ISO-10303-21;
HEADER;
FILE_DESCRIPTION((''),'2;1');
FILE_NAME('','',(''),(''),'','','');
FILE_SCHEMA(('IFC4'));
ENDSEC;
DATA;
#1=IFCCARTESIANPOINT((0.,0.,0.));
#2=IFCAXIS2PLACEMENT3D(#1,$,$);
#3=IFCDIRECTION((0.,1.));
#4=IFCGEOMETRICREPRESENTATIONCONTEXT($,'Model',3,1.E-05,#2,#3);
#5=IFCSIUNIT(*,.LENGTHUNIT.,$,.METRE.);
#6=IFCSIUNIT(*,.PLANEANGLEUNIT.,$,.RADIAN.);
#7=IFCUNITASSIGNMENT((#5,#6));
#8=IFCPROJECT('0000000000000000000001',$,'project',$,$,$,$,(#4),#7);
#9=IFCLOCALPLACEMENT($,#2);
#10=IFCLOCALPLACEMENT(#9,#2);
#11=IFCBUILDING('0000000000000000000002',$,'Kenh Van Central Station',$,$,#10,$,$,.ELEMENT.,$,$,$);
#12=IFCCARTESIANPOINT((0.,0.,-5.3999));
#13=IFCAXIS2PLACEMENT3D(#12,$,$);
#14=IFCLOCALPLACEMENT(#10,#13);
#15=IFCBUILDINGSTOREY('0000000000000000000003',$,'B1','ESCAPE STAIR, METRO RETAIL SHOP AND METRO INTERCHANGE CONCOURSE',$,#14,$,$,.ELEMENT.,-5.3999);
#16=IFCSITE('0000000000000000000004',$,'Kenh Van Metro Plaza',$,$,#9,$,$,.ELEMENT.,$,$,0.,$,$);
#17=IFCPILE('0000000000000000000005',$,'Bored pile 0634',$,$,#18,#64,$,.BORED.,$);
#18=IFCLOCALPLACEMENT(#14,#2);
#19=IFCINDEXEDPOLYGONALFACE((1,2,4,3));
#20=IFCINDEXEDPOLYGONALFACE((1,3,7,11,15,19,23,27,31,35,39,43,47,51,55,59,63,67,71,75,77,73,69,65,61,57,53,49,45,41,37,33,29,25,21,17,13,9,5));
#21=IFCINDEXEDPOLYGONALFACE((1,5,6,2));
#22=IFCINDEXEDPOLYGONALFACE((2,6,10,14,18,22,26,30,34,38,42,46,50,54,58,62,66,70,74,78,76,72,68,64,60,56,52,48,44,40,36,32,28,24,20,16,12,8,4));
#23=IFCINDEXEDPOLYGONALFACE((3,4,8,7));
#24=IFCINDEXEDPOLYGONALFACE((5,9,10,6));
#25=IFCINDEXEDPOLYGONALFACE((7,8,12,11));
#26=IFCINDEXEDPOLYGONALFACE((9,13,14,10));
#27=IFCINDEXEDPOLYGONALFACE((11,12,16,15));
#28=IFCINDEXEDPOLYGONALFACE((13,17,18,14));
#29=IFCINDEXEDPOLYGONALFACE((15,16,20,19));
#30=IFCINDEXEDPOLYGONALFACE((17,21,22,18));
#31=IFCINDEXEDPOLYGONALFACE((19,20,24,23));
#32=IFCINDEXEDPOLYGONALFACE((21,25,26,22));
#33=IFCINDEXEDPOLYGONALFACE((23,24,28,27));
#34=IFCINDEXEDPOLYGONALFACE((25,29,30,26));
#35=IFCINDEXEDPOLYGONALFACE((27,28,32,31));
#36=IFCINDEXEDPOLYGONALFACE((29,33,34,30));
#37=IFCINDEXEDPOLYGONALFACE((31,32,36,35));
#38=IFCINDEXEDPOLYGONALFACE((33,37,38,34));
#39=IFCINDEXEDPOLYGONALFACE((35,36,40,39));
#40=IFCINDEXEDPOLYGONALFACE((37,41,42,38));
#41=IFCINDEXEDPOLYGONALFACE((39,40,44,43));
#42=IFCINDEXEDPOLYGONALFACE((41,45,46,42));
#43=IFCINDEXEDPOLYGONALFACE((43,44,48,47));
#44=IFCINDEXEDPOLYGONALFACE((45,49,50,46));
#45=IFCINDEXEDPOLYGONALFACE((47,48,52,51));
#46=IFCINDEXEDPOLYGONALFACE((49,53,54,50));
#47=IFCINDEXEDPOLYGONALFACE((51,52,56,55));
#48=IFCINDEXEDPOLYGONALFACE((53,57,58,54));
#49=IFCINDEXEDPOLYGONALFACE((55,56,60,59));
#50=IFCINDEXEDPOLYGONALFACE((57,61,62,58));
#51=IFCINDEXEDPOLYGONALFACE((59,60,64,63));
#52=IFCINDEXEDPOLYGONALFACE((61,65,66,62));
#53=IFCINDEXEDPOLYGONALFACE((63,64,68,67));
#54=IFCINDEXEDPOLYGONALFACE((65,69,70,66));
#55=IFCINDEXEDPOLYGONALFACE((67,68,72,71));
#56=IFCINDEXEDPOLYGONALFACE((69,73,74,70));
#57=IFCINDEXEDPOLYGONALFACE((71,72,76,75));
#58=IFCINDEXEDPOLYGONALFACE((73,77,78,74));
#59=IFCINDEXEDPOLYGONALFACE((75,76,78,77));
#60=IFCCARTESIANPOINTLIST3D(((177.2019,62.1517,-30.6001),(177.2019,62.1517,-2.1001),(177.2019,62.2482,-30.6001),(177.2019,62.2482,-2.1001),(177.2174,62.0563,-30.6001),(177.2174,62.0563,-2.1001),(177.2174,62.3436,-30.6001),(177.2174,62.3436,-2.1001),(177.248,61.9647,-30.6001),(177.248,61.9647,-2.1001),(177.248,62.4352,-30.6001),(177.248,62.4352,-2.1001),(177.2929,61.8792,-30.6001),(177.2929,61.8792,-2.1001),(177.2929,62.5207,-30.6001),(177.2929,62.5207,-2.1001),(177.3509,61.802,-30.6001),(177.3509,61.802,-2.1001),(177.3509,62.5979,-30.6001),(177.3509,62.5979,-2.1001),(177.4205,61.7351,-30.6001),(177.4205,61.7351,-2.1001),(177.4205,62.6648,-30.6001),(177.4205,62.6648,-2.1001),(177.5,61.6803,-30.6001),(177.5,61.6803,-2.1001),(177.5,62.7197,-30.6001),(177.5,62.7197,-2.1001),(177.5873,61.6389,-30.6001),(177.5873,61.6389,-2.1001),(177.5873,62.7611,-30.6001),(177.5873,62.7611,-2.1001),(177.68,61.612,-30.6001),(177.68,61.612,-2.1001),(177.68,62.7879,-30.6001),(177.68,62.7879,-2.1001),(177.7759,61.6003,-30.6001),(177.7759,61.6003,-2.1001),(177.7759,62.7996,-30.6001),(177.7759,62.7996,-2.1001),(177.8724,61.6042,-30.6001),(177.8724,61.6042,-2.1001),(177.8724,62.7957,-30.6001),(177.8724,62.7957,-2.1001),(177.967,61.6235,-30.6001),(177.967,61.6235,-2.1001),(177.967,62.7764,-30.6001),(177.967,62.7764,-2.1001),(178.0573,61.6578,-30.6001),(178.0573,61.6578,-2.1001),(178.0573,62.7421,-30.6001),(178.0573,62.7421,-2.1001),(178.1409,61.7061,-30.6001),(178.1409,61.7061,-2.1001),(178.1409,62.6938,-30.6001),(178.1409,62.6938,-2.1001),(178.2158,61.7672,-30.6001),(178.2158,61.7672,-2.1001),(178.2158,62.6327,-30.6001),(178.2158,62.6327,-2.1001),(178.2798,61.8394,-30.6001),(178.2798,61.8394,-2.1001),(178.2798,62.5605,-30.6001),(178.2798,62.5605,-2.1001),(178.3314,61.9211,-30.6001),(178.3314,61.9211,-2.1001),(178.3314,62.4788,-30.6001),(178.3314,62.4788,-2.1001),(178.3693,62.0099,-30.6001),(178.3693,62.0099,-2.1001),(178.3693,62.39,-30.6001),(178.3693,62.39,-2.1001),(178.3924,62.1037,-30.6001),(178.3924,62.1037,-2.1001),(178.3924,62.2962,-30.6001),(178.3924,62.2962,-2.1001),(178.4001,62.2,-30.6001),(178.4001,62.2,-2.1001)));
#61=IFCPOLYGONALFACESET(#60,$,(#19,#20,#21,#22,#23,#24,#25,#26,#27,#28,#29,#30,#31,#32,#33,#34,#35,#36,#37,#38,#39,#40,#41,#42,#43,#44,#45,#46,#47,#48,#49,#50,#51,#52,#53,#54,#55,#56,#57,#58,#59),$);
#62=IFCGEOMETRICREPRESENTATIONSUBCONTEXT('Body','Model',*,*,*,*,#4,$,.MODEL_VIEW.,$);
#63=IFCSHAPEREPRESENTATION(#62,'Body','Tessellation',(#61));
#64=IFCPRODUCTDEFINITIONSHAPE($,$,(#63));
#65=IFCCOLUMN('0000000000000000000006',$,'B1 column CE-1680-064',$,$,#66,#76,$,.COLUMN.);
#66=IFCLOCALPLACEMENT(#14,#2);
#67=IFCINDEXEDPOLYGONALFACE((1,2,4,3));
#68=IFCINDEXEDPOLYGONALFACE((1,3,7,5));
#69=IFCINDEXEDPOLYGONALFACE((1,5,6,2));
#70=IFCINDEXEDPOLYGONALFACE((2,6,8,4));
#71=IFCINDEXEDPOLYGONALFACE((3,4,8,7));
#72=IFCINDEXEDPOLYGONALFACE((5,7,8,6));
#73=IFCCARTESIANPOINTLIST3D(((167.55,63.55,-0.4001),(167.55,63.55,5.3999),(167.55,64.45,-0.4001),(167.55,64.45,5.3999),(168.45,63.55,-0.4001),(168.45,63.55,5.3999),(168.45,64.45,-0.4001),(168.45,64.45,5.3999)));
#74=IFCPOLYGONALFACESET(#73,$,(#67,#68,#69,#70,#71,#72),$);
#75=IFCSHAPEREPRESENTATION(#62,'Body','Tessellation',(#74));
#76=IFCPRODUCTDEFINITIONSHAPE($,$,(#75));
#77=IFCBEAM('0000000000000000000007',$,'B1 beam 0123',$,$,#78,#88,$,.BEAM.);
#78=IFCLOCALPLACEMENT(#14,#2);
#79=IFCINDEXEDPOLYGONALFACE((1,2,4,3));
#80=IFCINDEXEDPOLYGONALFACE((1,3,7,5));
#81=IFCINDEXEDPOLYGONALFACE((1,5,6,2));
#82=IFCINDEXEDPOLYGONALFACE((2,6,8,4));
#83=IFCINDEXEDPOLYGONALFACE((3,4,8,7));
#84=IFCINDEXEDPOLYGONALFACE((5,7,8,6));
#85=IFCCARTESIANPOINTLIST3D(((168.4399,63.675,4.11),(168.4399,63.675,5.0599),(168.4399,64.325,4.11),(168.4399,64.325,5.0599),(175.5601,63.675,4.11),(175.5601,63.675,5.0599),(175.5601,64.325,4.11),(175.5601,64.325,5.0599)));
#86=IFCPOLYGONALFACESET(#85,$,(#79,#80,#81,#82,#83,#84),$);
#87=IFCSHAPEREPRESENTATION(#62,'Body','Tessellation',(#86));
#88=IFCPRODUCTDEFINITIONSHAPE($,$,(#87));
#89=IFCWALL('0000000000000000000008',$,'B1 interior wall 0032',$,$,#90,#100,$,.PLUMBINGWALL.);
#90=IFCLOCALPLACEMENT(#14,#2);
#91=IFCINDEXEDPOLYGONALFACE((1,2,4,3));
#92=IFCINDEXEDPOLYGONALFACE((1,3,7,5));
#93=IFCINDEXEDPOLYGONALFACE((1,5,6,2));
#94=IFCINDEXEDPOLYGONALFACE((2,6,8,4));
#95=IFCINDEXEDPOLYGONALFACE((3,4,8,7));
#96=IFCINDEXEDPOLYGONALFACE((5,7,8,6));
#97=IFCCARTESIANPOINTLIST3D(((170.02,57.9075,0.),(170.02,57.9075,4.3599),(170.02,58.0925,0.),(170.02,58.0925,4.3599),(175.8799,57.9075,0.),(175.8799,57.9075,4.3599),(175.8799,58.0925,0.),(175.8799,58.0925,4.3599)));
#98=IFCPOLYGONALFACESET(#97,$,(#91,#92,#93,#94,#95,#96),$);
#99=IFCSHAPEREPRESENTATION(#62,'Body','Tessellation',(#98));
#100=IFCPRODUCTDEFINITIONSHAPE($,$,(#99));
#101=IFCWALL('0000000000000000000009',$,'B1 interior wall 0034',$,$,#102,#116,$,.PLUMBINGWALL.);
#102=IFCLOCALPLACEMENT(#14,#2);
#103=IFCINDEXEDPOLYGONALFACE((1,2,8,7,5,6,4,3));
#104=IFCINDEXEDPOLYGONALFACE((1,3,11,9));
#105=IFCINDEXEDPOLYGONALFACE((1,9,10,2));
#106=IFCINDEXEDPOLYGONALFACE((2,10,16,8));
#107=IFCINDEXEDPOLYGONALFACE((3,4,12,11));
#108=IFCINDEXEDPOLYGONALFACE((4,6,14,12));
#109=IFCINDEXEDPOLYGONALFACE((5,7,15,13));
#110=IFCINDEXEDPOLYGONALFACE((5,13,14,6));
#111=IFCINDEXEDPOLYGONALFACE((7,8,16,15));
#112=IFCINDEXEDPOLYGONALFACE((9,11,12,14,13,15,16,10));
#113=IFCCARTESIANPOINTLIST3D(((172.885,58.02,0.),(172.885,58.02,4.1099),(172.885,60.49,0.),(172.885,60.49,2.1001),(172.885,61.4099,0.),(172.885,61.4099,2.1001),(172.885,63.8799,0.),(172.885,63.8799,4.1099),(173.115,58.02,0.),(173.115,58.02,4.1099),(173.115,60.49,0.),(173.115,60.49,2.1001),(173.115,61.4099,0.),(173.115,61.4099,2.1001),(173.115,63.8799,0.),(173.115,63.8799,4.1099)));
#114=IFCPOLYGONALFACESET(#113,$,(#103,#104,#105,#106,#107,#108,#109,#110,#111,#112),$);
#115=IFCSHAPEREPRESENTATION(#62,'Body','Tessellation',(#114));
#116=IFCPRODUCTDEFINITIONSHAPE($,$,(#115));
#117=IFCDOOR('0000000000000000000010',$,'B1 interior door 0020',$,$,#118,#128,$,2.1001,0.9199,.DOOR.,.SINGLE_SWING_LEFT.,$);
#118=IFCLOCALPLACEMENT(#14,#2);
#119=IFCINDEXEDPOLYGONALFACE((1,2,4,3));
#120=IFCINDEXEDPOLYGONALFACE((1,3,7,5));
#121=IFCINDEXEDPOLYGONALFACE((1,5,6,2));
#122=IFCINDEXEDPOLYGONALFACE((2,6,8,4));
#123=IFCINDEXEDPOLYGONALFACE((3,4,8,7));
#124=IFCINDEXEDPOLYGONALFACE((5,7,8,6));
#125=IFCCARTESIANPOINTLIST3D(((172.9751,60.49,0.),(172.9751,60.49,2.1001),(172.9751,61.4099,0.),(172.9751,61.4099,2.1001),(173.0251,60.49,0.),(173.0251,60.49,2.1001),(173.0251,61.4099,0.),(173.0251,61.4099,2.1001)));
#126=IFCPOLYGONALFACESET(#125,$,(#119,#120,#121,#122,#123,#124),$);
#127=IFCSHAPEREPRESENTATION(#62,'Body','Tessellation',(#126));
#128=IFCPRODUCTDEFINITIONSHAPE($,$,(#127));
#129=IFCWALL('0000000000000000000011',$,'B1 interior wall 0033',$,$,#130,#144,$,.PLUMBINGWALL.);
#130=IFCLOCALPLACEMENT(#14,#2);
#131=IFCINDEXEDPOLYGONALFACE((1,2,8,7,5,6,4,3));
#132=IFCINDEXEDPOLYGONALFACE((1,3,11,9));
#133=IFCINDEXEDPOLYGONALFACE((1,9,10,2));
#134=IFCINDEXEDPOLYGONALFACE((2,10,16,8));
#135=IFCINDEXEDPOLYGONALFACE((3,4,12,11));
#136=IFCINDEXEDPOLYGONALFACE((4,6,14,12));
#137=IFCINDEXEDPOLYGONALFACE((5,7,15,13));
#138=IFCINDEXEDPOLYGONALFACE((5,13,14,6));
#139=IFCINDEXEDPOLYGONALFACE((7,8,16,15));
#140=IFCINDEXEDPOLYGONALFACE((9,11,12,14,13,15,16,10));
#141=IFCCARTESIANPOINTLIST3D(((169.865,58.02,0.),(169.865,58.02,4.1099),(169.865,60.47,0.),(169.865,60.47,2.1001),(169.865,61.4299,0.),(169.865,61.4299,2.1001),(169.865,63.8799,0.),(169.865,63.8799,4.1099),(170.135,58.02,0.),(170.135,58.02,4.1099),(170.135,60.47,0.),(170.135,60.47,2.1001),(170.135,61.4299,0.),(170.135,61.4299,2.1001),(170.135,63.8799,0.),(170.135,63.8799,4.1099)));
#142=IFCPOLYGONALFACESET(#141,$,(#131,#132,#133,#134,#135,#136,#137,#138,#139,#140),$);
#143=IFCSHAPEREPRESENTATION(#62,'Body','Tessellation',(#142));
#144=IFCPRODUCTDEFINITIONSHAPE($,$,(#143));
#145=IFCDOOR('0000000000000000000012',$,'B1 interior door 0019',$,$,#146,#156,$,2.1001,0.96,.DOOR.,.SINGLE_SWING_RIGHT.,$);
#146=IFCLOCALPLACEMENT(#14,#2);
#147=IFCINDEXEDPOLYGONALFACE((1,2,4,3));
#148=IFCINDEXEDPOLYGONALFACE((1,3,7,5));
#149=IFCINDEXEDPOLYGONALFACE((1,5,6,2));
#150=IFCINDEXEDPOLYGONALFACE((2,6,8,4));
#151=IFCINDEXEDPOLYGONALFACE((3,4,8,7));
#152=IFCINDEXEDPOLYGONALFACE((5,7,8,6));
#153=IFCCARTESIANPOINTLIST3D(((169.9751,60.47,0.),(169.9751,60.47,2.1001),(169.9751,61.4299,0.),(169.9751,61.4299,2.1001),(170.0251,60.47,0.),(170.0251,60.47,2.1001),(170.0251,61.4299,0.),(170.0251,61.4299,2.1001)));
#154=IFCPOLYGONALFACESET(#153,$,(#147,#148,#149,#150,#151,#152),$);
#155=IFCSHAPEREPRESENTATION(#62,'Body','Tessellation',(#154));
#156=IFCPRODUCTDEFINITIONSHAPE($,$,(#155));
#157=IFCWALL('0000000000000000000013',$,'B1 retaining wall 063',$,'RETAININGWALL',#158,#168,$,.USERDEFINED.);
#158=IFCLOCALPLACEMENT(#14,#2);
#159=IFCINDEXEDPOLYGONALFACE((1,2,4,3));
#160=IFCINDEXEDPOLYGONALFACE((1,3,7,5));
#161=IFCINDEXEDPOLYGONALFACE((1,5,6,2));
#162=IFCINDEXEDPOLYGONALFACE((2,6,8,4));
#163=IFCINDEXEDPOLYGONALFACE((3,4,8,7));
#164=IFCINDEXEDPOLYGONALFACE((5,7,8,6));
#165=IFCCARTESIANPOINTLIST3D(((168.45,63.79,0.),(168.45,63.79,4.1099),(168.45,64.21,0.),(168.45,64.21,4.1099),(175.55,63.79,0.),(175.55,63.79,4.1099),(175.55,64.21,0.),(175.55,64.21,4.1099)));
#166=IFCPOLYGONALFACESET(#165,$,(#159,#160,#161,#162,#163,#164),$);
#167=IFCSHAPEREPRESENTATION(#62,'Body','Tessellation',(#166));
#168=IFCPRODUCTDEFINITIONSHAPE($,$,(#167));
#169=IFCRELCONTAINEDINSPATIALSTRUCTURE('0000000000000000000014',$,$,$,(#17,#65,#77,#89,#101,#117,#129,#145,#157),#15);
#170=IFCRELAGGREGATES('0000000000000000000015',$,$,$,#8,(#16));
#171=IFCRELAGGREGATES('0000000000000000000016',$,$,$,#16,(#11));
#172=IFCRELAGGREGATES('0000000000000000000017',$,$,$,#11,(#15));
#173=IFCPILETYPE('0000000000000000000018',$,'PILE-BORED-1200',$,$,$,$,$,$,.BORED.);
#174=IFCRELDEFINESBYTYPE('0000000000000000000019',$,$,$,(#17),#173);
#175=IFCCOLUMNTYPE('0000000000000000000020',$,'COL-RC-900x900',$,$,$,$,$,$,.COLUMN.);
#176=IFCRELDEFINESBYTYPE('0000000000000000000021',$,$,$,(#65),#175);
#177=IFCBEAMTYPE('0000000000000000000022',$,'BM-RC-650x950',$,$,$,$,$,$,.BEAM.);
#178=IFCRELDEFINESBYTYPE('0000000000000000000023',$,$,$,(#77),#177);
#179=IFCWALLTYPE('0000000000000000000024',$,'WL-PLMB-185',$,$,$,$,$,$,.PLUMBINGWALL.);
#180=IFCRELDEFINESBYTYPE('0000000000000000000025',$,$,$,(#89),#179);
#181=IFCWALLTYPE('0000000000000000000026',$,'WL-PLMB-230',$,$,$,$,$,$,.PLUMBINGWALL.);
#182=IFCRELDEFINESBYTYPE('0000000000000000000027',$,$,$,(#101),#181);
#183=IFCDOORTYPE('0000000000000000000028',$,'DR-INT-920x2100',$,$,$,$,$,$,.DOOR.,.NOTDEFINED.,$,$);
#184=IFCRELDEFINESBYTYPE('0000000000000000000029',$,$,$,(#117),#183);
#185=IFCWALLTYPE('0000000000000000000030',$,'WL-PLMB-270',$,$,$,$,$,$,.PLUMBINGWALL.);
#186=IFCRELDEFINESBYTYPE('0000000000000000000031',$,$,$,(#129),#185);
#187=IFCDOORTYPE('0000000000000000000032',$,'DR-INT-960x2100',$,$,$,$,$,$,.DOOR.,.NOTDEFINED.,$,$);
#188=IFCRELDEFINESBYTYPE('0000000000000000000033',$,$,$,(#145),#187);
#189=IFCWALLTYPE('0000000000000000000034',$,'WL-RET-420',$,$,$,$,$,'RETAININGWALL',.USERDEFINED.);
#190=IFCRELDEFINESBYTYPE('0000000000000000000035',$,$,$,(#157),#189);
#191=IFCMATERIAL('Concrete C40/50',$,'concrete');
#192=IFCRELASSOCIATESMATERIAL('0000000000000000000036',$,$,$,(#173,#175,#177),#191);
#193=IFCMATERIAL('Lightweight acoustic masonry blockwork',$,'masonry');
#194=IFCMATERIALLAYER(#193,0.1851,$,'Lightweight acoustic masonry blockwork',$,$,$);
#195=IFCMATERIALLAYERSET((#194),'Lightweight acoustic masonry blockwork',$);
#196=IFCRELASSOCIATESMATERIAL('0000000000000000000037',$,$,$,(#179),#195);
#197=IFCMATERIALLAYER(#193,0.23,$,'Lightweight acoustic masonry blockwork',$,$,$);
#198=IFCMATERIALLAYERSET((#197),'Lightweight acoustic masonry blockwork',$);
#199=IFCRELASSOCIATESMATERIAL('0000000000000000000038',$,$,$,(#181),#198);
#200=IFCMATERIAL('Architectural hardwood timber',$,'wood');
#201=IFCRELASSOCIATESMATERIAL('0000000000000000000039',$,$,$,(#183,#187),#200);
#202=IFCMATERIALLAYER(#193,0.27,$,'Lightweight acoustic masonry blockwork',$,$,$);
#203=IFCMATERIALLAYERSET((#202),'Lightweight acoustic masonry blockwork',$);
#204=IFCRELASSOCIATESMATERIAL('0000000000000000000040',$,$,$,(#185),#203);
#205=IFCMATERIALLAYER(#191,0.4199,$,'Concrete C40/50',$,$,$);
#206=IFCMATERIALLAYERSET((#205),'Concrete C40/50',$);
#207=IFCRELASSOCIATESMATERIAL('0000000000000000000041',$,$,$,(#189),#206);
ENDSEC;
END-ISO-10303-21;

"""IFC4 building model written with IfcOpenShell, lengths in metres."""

from ifc_helpers import new_model, si_unit, direction, frame, frame_2d, origin, origin_2d, place, context, subcontext, project, spatial, rectangle, circle, extrude, material, layer, layer_set, material_profile, profile_set, type_object, element, fill, save


model = new_model("IFC4")

# Units and contexts
model_context = context("Model", 3, precision=1e-05, world=origin(), true_north=direction((0.0, 1.0)))
body_context = subcontext(model_context, "Body", "Model", "MODEL_VIEW")
ifc_project = project(units=[si_unit("LENGTHUNIT", "METRE"), si_unit("PLANEANGLEUNIT", "RADIAN")], contexts=[model_context])

# Site, building, storey
site_placement = place(None, origin())
site = spatial("IfcSite", under=ifc_project, at=site_placement, Name="Kenh Van Metro Plaza", CompositionType="ELEMENT", RefElevation=0.0)
building_placement = place(site_placement, origin())
building = spatial("IfcBuilding", under=site, at=building_placement, Name="Kenh Van Central Station", CompositionType="ELEMENT")
storey_placement = place(building_placement, frame((0.0, 0.0, -5.3999)))
storey = spatial("IfcBuildingStorey", under=building, at=storey_placement, Name="B1", Description="ESCAPE STAIR, METRO RETAIL SHOP AND METRO INTERCHANGE CONCOURSE", CompositionType="ELEMENT", Elevation=-5.3999)

# Shared definitions
ifc_material_1 = material(Name="Concrete C40/50", Category="concrete")

# Pile
ifc_material_profile_1 = material_profile(ifc_material_1, circle(Radius=0.6001, at=origin_2d()), Name="PILE D1200")
ifc_profile_set_1 = profile_set([ifc_material_profile_1], Name="Concrete C40/50")
pile_type = type_object("IfcPileType", Name="PILE-BORED-1200", PredefinedType="BORED", material=ifc_profile_set_1)
for number, where, z_axis, x_axis, name in (
    (1, (177.8, 62.2, -2.1001), (0.0, 0.0, -1.0), (1.0, 0.0, 0.0), "Bored pile 0634"),
):
    element("IfcPile", number, at=place(storey_placement, frame(where, z_axis=z_axis, x_axis=x_axis)), inside=storey, type_object=pile_type, Name=name, PredefinedType="BORED", context=body_context, shape_type="SweptSolid", body=[
        extrude(circle(Radius=0.6001, at=origin_2d()), origin(), (0.0, 0.0, 1.0), 28.5),
    ])

# Column
ifc_material_profile_2 = material_profile(ifc_material_1, rectangle(XDim=0.8999, YDim=0.8999, at=origin_2d()), Name="RC 900x900")
ifc_profile_set_2 = profile_set([ifc_material_profile_2], Name="Concrete C40/50")
column_type = type_object("IfcColumnType", Name="COL-RC-900x900", PredefinedType="COLUMN", material=ifc_profile_set_2)
column_placement = place(storey_placement, frame((168.0, 64.0, -0.4001), z_axis=(0.0, 0.0, 1.0), x_axis=(1.0, 0.0, 0.0)))
element("IfcColumn", 2, at=column_placement, inside=storey, type_object=column_type, Name="B1 column CE-1680-064", PredefinedType="COLUMN", context=body_context, shape_type="SweptSolid", body=[
    extrude(rectangle(XDim=0.8999, YDim=0.8999, at=origin_2d()), origin(), (0.0, 0.0, 1.0), 5.8),
])

# Beam
ifc_material_profile_3 = material_profile(ifc_material_1, rectangle(XDim=0.6499, YDim=0.95, at=origin_2d()), Name="RC 650x950")
ifc_profile_set_3 = profile_set([ifc_material_profile_3], Name="Concrete C40/50")
beam_type = type_object("IfcBeamType", Name="BM-RC-650x950", PredefinedType="BEAM", material=ifc_profile_set_3)
beam_placement = place(storey_placement, frame((168.4399, 64.0, 4.585), z_axis=(1.0, 0.0, 0.0), x_axis=(0.0, 1.0, 0.0)))
element("IfcBeam", 3, at=beam_placement, inside=storey, type_object=beam_type, Name="B1 beam 0123", PredefinedType="BEAM", context=body_context, shape_type="SweptSolid", body=[
    extrude(rectangle(XDim=0.6499, YDim=0.95, at=origin_2d()), origin(), (0.0, 0.0, 1.0), 7.1201),
])

# Wall
ifc_material_2 = material(Name="Lightweight acoustic masonry blockwork", Category="masonry")
ifc_layer_1 = layer(ifc_material_2, 0.1851, Name="Lightweight acoustic masonry blockwork")
ifc_layer_set_1 = layer_set([ifc_layer_1], Name="Lightweight acoustic masonry blockwork")
wall_type_1 = type_object("IfcWallType", Name="WL-PLMB-185", PredefinedType="PLUMBINGWALL", material=ifc_layer_set_1)
wall_1_placement = place(storey_placement, frame((170.02, 58.0, 0.0), z_axis=(0.0, 0.0, 1.0), x_axis=(1.0, 0.0, 0.0)))
element("IfcWall", 4, at=wall_1_placement, inside=storey, type_object=wall_type_1, Name="B1 interior wall 0032", PredefinedType="PLUMBINGWALL", context=body_context, shape_type="SweptSolid", body=[
    extrude(rectangle(XDim=5.8599, YDim=0.1851, at=frame_2d((2.9299, 0.0))), origin(), (0.0, 0.0, 1.0), 4.3599),
])

# Walls, openings, doors
ifc_layer_2 = layer(ifc_material_2, 0.23, Name="Lightweight acoustic masonry blockwork")
ifc_layer_set_2 = layer_set([ifc_layer_2], Name="Lightweight acoustic masonry blockwork")
wall_type_2 = type_object("IfcWallType", Name="WL-PLMB-230", PredefinedType="PLUMBINGWALL", material=ifc_layer_set_2)
wall_2_placement = place(storey_placement, frame((173.0, 58.02, 0.0), z_axis=(0.0, 0.0, 1.0), x_axis=(0.0, 1.0, 0.0)))
wall_2 = element("IfcWall", 5, at=wall_2_placement, inside=storey, type_object=wall_type_2, Name="B1 interior wall 0034", PredefinedType="PLUMBINGWALL", context=body_context, shape_type="SweptSolid", body=[
    extrude(rectangle(XDim=5.8599, YDim=0.23, at=frame_2d((2.9299, 0.0))), origin(), (0.0, 0.0, 1.0), 4.1099),
])
opening_1_placement = place(wall_2_placement, frame((2.47, 0.0, 0.0)))
opening_1 = element("IfcOpeningElement", 6, at=opening_1_placement, cuts=wall_2, PredefinedType="OPENING", context=body_context, shape_type="SweptSolid", body=[
    extrude(rectangle(XDim=0.9199, YDim=2.1001, at=frame_2d((0.46, 1.05))), frame((0.0, 0.125, 0.0), z_axis=(0.0, -1.0, 0.0), x_axis=(1.0, 0.0, 0.0)), (0.0, 0.0, 1.0), 0.25),
])
ifc_material_3 = material(Name="Architectural hardwood timber", Category="wood")
door_type_1 = type_object("IfcDoorType", Name="DR-INT-920x2100", OperationType="NOTDEFINED", PredefinedType="DOOR", material=ifc_material_3)
door_1_placement = place(opening_1_placement, origin())
door_1 = element("IfcDoor", 7, at=door_1_placement, inside=storey, type_object=door_type_1, Name="B1 interior door 0020", OperationType="SINGLE_SWING_LEFT", OverallHeight=2.1001, OverallWidth=0.9199, PredefinedType="DOOR", context=body_context, shape_type="SweptSolid", body=[
    extrude(rectangle(XDim=0.9199, YDim=2.1001, at=frame_2d((0.46, 1.05))), frame((0.0, 0.0249, 0.0), z_axis=(0.0, -1.0, 0.0), x_axis=(1.0, 0.0, 0.0)), (0.0, 0.0, 1.0), 0.05),
])
fill(opening_1, door_1)
ifc_layer_3 = layer(ifc_material_2, 0.27, Name="Lightweight acoustic masonry blockwork")
ifc_layer_set_3 = layer_set([ifc_layer_3], Name="Lightweight acoustic masonry blockwork")
wall_type_3 = type_object("IfcWallType", Name="WL-PLMB-270", PredefinedType="PLUMBINGWALL", material=ifc_layer_set_3)
wall_3_placement = place(storey_placement, frame((170.0, 58.02, 0.0), z_axis=(0.0, 0.0, 1.0), x_axis=(0.0, 1.0, 0.0)))
wall_3 = element("IfcWall", 8, at=wall_3_placement, inside=storey, type_object=wall_type_3, Name="B1 interior wall 0033", PredefinedType="PLUMBINGWALL", context=body_context, shape_type="SweptSolid", body=[
    extrude(rectangle(XDim=5.8599, YDim=0.27, at=frame_2d((2.9299, 0.0))), origin(), (0.0, 0.0, 1.0), 4.1099),
])
opening_2_placement = place(wall_3_placement, frame((2.45, 0.0, 0.0)))
opening_2 = element("IfcOpeningElement", 9, at=opening_2_placement, cuts=wall_3, PredefinedType="OPENING", context=body_context, shape_type="SweptSolid", body=[
    extrude(rectangle(XDim=0.96, YDim=2.1001, at=frame_2d((0.48, 1.05))), frame((0.0, 0.145, 0.0), z_axis=(0.0, -1.0, 0.0), x_axis=(1.0, 0.0, 0.0)), (0.0, 0.0, 1.0), 0.29),
])
door_type_2 = type_object("IfcDoorType", Name="DR-INT-960x2100", OperationType="NOTDEFINED", PredefinedType="DOOR", material=ifc_material_3)
door_2_placement = place(opening_2_placement, origin())
door_2 = element("IfcDoor", 10, at=door_2_placement, inside=storey, type_object=door_type_2, Name="B1 interior door 0019", OperationType="SINGLE_SWING_RIGHT", OverallHeight=2.1001, OverallWidth=0.96, PredefinedType="DOOR", context=body_context, shape_type="SweptSolid", body=[
    extrude(rectangle(XDim=0.96, YDim=2.1001, at=frame_2d((0.48, 1.05))), frame((0.0, 0.0249, 0.0), z_axis=(0.0, -1.0, 0.0), x_axis=(1.0, 0.0, 0.0)), (0.0, 0.0, 1.0), 0.05),
])
fill(opening_2, door_2)

# Wall
ifc_layer_4 = layer(ifc_material_1, 0.4199, Name="Concrete C40/50")
ifc_layer_set_4 = layer_set([ifc_layer_4], Name="Concrete C40/50")
wall_type_4 = type_object("IfcWallType", Name="WL-RET-420", ElementType="RETAININGWALL", PredefinedType="USERDEFINED", material=ifc_layer_set_4)
wall_4_placement = place(storey_placement, frame((168.45, 64.0, 0.0), z_axis=(0.0, 0.0, 1.0), x_axis=(1.0, 0.0, 0.0)))
element("IfcWall", 11, at=wall_4_placement, inside=storey, type_object=wall_type_4, Name="B1 retaining wall 063", ObjectType="RETAININGWALL", PredefinedType="USERDEFINED", context=body_context, shape_type="SweptSolid", body=[
    extrude(rectangle(XDim=7.1001, YDim=0.4199, at=frame_2d((3.55, 0.0))), origin(), (0.0, 0.0, 1.0), 4.1099),
])

save(model, "model.ifc")
